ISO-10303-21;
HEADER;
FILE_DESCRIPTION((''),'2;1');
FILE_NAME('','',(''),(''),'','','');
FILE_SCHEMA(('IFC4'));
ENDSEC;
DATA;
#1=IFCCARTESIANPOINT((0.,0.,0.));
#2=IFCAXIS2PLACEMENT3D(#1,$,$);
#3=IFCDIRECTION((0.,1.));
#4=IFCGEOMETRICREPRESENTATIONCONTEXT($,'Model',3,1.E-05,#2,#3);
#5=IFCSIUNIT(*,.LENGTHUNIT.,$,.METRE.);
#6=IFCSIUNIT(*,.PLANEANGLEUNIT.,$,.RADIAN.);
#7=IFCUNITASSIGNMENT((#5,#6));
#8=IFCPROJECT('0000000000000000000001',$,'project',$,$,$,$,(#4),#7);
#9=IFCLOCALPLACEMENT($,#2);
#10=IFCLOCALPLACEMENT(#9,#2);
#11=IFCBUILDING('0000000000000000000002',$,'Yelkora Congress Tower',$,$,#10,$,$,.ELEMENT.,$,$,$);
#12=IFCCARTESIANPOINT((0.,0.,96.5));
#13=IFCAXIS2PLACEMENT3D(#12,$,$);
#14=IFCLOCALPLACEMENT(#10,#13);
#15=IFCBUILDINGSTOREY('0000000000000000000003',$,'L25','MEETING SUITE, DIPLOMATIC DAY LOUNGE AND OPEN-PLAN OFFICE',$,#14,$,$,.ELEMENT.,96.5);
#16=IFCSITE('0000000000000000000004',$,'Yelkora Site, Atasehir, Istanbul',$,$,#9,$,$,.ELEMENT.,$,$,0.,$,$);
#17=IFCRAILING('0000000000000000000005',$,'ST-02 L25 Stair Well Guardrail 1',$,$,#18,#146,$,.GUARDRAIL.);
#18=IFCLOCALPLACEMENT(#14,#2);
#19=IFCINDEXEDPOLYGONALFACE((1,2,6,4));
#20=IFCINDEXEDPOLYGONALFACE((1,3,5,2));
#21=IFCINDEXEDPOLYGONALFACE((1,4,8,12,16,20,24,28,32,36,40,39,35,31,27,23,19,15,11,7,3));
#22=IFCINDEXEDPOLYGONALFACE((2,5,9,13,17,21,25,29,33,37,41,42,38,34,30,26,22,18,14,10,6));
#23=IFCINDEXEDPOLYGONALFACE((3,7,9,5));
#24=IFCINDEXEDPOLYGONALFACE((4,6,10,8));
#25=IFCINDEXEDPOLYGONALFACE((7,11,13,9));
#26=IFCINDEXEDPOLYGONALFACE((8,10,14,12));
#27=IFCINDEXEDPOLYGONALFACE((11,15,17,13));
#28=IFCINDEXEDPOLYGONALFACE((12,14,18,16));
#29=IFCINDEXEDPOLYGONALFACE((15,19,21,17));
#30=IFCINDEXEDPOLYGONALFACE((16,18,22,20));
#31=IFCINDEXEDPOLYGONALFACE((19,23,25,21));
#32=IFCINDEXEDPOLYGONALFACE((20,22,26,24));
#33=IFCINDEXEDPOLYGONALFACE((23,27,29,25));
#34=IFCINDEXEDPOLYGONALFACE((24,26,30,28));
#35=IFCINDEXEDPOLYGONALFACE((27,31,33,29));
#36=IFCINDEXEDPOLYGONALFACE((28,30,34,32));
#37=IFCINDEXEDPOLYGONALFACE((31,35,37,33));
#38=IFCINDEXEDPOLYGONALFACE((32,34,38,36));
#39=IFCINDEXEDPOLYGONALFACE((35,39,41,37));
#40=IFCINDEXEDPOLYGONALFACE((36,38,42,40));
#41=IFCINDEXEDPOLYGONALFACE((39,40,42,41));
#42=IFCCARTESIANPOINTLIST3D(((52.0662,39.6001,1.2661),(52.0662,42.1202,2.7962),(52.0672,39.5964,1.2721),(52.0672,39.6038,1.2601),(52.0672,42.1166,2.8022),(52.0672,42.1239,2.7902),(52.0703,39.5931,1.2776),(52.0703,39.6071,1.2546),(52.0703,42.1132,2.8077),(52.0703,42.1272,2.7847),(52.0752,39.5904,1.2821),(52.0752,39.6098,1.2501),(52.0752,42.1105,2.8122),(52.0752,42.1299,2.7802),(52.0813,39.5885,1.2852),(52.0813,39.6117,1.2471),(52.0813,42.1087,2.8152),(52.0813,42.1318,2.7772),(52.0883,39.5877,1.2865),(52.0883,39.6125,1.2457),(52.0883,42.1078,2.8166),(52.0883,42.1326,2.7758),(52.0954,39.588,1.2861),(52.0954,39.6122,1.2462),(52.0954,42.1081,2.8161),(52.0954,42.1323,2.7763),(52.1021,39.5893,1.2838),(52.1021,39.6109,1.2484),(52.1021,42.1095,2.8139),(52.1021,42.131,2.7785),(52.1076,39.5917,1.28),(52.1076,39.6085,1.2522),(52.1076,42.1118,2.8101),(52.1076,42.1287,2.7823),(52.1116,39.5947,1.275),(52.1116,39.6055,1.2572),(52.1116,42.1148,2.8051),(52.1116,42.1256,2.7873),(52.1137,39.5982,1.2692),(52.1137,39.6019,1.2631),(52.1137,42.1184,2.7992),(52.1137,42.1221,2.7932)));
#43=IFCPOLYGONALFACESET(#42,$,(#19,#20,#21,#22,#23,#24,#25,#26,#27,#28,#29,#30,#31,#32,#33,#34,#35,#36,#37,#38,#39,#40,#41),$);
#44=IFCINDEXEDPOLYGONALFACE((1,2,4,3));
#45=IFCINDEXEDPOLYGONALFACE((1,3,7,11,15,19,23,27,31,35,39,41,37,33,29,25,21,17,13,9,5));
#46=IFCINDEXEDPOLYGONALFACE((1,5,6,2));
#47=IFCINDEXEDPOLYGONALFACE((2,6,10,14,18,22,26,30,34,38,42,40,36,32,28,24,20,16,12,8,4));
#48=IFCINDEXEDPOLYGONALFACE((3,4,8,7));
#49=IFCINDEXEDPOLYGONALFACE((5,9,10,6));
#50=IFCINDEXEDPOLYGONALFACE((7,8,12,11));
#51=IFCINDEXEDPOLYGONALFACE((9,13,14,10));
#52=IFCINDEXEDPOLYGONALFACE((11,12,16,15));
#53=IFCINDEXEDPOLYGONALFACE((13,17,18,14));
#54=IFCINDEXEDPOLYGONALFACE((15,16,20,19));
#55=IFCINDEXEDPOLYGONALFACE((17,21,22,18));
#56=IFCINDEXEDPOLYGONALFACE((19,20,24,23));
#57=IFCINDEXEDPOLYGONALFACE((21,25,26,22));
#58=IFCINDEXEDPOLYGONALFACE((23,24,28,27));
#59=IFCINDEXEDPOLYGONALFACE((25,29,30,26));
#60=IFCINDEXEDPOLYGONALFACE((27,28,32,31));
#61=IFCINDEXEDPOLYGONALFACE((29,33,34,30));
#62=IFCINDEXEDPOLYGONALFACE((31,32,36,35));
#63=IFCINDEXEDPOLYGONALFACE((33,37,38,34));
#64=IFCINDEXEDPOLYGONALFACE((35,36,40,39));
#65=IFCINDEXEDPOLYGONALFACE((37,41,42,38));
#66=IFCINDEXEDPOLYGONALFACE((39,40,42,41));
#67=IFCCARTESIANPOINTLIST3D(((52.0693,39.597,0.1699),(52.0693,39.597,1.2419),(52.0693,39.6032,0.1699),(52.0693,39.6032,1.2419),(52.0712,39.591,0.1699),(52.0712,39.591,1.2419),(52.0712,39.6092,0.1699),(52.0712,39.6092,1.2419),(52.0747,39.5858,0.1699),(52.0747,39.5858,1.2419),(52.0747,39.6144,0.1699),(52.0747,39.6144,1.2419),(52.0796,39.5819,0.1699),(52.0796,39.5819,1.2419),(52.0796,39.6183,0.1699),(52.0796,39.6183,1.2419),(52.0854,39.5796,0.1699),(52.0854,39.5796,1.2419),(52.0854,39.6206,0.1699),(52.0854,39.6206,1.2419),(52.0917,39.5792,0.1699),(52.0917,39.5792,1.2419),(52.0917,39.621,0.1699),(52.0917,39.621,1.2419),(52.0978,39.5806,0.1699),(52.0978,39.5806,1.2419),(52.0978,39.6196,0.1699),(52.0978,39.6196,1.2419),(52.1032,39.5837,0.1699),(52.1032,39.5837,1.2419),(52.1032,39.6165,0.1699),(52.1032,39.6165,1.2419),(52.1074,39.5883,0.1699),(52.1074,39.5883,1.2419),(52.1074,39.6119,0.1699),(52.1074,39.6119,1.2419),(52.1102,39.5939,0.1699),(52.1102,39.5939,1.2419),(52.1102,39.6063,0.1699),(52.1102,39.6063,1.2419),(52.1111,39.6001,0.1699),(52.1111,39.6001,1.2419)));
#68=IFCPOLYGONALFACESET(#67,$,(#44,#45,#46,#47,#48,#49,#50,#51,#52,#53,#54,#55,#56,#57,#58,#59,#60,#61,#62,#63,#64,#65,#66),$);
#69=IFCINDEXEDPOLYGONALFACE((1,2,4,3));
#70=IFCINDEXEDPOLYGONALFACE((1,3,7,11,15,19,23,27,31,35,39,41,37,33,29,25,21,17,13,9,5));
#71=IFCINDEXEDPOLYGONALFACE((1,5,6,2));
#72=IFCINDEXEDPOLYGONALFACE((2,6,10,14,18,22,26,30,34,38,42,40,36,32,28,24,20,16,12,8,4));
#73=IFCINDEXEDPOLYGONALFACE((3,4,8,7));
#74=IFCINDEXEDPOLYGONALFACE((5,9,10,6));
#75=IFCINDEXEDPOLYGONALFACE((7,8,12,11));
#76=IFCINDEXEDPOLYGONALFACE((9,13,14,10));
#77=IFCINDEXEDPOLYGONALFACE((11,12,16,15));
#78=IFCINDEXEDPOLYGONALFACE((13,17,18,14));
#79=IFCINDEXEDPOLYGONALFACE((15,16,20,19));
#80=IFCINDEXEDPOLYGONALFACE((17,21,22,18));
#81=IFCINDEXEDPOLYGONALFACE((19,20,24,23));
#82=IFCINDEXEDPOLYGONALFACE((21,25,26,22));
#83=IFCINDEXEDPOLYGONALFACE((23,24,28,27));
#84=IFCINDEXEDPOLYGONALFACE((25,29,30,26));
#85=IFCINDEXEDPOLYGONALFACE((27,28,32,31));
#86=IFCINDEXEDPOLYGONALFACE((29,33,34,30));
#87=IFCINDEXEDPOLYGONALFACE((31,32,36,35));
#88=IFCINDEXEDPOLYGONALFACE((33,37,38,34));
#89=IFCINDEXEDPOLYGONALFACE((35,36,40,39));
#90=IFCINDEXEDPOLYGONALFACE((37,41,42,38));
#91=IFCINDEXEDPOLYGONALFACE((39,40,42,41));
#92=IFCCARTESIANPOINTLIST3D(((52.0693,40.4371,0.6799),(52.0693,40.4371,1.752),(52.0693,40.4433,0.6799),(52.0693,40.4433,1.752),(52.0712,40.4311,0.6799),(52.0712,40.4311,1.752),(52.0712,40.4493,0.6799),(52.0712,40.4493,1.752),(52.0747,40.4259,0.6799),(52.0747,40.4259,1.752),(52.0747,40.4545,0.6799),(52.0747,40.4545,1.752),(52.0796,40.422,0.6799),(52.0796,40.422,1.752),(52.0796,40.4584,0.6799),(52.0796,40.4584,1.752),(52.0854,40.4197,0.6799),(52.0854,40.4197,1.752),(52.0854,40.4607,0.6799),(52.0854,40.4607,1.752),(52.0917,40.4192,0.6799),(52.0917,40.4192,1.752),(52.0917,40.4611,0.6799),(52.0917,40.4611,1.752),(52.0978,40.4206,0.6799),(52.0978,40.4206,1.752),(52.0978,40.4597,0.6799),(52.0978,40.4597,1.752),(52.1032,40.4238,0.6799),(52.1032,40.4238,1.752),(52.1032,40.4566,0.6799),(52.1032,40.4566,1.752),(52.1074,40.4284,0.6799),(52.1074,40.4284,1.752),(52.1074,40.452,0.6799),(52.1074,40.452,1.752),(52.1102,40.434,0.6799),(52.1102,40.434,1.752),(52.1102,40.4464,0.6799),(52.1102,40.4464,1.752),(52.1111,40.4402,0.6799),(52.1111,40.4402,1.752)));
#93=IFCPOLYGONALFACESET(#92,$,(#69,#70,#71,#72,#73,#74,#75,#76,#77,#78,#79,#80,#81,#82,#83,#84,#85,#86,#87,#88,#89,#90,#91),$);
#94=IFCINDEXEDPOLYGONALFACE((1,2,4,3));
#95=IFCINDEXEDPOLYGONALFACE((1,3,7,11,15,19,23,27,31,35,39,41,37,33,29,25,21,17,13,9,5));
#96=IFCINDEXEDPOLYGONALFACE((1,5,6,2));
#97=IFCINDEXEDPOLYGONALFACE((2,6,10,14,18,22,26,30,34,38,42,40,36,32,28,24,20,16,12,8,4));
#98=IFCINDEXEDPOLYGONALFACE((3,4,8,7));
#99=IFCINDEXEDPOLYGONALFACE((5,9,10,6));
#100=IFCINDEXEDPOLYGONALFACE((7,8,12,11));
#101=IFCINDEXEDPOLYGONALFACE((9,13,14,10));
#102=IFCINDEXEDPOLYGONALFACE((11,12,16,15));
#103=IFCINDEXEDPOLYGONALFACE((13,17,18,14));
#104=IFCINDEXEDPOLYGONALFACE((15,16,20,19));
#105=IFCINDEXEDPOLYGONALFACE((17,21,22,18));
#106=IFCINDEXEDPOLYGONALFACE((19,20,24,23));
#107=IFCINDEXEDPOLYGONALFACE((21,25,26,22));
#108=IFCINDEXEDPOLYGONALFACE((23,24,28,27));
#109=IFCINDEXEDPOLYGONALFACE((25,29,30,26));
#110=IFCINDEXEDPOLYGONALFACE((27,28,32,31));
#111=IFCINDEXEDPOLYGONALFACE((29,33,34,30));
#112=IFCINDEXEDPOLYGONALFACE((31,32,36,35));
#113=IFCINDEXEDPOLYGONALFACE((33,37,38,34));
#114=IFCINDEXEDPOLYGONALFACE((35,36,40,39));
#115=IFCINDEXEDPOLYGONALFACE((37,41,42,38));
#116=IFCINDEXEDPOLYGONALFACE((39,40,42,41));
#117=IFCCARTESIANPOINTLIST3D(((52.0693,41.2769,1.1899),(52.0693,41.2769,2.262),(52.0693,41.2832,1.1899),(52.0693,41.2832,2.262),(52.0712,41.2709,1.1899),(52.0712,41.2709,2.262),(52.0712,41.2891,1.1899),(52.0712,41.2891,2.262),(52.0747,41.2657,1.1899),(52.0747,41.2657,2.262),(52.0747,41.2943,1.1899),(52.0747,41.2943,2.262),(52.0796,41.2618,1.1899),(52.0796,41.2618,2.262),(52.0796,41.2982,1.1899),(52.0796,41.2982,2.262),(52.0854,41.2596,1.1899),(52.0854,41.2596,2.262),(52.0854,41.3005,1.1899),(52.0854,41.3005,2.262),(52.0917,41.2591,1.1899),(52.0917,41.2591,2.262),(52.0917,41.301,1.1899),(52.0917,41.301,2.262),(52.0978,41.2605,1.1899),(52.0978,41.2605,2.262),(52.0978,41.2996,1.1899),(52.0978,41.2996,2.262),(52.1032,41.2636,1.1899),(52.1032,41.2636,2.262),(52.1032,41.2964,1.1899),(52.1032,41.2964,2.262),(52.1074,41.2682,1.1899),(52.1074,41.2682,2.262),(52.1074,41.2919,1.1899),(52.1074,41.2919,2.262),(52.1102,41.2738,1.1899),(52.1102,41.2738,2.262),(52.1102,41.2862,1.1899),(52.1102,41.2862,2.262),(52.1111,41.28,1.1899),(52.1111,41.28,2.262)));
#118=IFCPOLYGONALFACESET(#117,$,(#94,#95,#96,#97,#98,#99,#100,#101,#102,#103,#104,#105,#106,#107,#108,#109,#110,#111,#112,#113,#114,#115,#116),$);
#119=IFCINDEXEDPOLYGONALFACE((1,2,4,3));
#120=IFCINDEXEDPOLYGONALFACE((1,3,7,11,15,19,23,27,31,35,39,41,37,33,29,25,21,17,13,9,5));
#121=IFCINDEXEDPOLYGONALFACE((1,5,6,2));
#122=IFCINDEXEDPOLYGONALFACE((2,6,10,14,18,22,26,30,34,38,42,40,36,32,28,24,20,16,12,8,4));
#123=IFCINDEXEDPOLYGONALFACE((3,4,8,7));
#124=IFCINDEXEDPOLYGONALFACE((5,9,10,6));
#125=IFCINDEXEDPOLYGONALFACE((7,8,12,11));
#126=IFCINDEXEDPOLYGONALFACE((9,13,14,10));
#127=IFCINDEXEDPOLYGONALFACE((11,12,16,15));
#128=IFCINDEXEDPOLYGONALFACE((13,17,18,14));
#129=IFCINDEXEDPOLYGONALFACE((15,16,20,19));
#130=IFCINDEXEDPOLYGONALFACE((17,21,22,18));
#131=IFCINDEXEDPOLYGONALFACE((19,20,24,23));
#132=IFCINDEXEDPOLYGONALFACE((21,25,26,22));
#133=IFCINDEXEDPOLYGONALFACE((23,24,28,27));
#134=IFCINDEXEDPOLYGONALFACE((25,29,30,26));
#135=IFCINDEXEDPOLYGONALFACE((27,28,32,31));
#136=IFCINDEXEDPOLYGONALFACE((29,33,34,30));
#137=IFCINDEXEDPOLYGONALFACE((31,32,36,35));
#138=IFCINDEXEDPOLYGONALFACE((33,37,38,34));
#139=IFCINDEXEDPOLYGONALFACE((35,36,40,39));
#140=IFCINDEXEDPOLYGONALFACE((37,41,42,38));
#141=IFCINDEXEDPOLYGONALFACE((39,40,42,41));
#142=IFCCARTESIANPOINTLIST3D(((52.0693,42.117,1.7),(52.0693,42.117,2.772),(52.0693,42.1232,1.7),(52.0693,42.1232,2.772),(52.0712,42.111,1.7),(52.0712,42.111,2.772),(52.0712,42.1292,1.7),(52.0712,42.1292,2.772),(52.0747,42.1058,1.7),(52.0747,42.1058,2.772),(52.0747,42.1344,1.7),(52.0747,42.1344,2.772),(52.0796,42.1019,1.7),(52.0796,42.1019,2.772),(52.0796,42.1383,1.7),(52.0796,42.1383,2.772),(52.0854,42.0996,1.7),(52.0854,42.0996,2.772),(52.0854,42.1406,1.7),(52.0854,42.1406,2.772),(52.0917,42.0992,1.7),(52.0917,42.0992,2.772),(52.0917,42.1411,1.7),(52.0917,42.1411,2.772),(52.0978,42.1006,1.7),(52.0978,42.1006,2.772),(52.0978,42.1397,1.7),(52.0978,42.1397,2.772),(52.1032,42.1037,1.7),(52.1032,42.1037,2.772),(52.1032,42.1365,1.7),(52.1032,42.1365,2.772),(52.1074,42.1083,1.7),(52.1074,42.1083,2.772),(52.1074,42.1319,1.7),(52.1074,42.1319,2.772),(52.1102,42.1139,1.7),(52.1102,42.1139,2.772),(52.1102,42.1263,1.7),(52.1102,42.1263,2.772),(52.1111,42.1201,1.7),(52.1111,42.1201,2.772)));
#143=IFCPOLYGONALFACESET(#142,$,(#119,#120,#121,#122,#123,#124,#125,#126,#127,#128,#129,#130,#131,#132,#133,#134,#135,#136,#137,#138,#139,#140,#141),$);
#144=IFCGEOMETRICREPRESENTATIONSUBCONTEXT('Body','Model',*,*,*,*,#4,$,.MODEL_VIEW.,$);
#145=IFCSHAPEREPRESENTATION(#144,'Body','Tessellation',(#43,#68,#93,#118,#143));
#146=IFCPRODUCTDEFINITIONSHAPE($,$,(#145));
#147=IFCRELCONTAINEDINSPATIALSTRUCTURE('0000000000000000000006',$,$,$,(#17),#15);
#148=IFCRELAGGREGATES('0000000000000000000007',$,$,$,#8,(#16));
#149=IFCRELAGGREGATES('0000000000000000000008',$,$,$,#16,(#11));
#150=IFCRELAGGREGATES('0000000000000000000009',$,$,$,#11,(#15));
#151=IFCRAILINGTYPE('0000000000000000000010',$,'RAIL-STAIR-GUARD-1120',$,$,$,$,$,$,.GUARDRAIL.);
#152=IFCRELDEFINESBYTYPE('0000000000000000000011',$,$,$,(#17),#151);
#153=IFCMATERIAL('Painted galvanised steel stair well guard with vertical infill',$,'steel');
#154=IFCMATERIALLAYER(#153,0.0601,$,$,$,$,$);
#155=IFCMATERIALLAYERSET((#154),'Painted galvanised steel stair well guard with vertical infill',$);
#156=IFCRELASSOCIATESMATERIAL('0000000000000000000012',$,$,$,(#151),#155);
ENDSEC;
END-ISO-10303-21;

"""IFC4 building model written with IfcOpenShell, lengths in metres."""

from ifc_helpers import new_model, si_unit, direction, frame, origin, origin_2d, place, context, subcontext, project, spatial, circle, extrude, material, layer, layer_set, type_object, element, save


model = new_model("IFC4")

# Units and contexts
model_context = context("Model", 3, precision=1e-05, world=origin(), true_north=direction((0.0, 1.0)))
body_context = subcontext(model_context, "Body", "Model", "MODEL_VIEW")
ifc_project = project(units=[si_unit("LENGTHUNIT", "METRE"), si_unit("PLANEANGLEUNIT", "RADIAN")], contexts=[model_context])

# Site, building, storey
site_placement = place(None, origin())
site = spatial("IfcSite", under=ifc_project, at=site_placement, Name="Yelkora Site, Atasehir, Istanbul", CompositionType="ELEMENT", RefElevation=0.0)
building_placement = place(site_placement, origin())
building = spatial("IfcBuilding", under=site, at=building_placement, Name="Yelkora Congress Tower", CompositionType="ELEMENT")
storey_placement = place(building_placement, frame((0.0, 0.0, 96.5)))
storey = spatial("IfcBuildingStorey", under=building, at=storey_placement, Name="L25", Description="MEETING SUITE, DIPLOMATIC DAY LOUNGE AND OPEN-PLAN OFFICE", CompositionType="ELEMENT", Elevation=96.5)

# Railing
ifc_material_1 = material(Name="Painted galvanised steel stair well guard with vertical infill", Category="steel")
ifc_layer_1 = layer(ifc_material_1, 0.0601)
ifc_layer_set_1 = layer_set([ifc_layer_1], Name="Painted galvanised steel stair well guard with vertical infill")
railing_type_1 = type_object("IfcRailingType", Name="RAIL-STAIR-GUARD-1120", PredefinedType="GUARDRAIL", material=ifc_layer_set_1)
railing_1_placement = place(storey_placement, frame((52.0901, 39.6001, 0.1699)))
element("IfcRailing", 1, at=railing_1_placement, inside=storey, type_object=railing_type_1, Name="ST-02 L25 Stair Well Guardrail 1", PredefinedType="GUARDRAIL", context=body_context, shape_type="SweptSolid", body=[
    extrude(circle(Radius=0.0239, at=origin_2d()), frame((0.0, 0.0, 1.0962), z_axis=(0.0, 0.854785, 0.518982), x_axis=(-1.0, 0.0, 0.0)), (0.0, 0.0, 1.0), 2.9482),
    extrude(circle(Radius=0.021, at=origin_2d()), origin(), (0.0, 0.0, 1.0), 1.072),
    extrude(circle(Radius=0.021, at=origin_2d()), frame((0.0, 0.8401, 0.51)), (0.0, 0.0, 1.0), 1.072),
    extrude(circle(Radius=0.021, at=origin_2d()), frame((0.0, 1.6799, 1.02)), (0.0, 0.0, 1.0), 1.072),
    extrude(circle(Radius=0.021, at=origin_2d()), frame((0.0, 2.52, 1.53)), (0.0, 0.0, 1.0), 1.072),
])

save(model, "model.ifc")
